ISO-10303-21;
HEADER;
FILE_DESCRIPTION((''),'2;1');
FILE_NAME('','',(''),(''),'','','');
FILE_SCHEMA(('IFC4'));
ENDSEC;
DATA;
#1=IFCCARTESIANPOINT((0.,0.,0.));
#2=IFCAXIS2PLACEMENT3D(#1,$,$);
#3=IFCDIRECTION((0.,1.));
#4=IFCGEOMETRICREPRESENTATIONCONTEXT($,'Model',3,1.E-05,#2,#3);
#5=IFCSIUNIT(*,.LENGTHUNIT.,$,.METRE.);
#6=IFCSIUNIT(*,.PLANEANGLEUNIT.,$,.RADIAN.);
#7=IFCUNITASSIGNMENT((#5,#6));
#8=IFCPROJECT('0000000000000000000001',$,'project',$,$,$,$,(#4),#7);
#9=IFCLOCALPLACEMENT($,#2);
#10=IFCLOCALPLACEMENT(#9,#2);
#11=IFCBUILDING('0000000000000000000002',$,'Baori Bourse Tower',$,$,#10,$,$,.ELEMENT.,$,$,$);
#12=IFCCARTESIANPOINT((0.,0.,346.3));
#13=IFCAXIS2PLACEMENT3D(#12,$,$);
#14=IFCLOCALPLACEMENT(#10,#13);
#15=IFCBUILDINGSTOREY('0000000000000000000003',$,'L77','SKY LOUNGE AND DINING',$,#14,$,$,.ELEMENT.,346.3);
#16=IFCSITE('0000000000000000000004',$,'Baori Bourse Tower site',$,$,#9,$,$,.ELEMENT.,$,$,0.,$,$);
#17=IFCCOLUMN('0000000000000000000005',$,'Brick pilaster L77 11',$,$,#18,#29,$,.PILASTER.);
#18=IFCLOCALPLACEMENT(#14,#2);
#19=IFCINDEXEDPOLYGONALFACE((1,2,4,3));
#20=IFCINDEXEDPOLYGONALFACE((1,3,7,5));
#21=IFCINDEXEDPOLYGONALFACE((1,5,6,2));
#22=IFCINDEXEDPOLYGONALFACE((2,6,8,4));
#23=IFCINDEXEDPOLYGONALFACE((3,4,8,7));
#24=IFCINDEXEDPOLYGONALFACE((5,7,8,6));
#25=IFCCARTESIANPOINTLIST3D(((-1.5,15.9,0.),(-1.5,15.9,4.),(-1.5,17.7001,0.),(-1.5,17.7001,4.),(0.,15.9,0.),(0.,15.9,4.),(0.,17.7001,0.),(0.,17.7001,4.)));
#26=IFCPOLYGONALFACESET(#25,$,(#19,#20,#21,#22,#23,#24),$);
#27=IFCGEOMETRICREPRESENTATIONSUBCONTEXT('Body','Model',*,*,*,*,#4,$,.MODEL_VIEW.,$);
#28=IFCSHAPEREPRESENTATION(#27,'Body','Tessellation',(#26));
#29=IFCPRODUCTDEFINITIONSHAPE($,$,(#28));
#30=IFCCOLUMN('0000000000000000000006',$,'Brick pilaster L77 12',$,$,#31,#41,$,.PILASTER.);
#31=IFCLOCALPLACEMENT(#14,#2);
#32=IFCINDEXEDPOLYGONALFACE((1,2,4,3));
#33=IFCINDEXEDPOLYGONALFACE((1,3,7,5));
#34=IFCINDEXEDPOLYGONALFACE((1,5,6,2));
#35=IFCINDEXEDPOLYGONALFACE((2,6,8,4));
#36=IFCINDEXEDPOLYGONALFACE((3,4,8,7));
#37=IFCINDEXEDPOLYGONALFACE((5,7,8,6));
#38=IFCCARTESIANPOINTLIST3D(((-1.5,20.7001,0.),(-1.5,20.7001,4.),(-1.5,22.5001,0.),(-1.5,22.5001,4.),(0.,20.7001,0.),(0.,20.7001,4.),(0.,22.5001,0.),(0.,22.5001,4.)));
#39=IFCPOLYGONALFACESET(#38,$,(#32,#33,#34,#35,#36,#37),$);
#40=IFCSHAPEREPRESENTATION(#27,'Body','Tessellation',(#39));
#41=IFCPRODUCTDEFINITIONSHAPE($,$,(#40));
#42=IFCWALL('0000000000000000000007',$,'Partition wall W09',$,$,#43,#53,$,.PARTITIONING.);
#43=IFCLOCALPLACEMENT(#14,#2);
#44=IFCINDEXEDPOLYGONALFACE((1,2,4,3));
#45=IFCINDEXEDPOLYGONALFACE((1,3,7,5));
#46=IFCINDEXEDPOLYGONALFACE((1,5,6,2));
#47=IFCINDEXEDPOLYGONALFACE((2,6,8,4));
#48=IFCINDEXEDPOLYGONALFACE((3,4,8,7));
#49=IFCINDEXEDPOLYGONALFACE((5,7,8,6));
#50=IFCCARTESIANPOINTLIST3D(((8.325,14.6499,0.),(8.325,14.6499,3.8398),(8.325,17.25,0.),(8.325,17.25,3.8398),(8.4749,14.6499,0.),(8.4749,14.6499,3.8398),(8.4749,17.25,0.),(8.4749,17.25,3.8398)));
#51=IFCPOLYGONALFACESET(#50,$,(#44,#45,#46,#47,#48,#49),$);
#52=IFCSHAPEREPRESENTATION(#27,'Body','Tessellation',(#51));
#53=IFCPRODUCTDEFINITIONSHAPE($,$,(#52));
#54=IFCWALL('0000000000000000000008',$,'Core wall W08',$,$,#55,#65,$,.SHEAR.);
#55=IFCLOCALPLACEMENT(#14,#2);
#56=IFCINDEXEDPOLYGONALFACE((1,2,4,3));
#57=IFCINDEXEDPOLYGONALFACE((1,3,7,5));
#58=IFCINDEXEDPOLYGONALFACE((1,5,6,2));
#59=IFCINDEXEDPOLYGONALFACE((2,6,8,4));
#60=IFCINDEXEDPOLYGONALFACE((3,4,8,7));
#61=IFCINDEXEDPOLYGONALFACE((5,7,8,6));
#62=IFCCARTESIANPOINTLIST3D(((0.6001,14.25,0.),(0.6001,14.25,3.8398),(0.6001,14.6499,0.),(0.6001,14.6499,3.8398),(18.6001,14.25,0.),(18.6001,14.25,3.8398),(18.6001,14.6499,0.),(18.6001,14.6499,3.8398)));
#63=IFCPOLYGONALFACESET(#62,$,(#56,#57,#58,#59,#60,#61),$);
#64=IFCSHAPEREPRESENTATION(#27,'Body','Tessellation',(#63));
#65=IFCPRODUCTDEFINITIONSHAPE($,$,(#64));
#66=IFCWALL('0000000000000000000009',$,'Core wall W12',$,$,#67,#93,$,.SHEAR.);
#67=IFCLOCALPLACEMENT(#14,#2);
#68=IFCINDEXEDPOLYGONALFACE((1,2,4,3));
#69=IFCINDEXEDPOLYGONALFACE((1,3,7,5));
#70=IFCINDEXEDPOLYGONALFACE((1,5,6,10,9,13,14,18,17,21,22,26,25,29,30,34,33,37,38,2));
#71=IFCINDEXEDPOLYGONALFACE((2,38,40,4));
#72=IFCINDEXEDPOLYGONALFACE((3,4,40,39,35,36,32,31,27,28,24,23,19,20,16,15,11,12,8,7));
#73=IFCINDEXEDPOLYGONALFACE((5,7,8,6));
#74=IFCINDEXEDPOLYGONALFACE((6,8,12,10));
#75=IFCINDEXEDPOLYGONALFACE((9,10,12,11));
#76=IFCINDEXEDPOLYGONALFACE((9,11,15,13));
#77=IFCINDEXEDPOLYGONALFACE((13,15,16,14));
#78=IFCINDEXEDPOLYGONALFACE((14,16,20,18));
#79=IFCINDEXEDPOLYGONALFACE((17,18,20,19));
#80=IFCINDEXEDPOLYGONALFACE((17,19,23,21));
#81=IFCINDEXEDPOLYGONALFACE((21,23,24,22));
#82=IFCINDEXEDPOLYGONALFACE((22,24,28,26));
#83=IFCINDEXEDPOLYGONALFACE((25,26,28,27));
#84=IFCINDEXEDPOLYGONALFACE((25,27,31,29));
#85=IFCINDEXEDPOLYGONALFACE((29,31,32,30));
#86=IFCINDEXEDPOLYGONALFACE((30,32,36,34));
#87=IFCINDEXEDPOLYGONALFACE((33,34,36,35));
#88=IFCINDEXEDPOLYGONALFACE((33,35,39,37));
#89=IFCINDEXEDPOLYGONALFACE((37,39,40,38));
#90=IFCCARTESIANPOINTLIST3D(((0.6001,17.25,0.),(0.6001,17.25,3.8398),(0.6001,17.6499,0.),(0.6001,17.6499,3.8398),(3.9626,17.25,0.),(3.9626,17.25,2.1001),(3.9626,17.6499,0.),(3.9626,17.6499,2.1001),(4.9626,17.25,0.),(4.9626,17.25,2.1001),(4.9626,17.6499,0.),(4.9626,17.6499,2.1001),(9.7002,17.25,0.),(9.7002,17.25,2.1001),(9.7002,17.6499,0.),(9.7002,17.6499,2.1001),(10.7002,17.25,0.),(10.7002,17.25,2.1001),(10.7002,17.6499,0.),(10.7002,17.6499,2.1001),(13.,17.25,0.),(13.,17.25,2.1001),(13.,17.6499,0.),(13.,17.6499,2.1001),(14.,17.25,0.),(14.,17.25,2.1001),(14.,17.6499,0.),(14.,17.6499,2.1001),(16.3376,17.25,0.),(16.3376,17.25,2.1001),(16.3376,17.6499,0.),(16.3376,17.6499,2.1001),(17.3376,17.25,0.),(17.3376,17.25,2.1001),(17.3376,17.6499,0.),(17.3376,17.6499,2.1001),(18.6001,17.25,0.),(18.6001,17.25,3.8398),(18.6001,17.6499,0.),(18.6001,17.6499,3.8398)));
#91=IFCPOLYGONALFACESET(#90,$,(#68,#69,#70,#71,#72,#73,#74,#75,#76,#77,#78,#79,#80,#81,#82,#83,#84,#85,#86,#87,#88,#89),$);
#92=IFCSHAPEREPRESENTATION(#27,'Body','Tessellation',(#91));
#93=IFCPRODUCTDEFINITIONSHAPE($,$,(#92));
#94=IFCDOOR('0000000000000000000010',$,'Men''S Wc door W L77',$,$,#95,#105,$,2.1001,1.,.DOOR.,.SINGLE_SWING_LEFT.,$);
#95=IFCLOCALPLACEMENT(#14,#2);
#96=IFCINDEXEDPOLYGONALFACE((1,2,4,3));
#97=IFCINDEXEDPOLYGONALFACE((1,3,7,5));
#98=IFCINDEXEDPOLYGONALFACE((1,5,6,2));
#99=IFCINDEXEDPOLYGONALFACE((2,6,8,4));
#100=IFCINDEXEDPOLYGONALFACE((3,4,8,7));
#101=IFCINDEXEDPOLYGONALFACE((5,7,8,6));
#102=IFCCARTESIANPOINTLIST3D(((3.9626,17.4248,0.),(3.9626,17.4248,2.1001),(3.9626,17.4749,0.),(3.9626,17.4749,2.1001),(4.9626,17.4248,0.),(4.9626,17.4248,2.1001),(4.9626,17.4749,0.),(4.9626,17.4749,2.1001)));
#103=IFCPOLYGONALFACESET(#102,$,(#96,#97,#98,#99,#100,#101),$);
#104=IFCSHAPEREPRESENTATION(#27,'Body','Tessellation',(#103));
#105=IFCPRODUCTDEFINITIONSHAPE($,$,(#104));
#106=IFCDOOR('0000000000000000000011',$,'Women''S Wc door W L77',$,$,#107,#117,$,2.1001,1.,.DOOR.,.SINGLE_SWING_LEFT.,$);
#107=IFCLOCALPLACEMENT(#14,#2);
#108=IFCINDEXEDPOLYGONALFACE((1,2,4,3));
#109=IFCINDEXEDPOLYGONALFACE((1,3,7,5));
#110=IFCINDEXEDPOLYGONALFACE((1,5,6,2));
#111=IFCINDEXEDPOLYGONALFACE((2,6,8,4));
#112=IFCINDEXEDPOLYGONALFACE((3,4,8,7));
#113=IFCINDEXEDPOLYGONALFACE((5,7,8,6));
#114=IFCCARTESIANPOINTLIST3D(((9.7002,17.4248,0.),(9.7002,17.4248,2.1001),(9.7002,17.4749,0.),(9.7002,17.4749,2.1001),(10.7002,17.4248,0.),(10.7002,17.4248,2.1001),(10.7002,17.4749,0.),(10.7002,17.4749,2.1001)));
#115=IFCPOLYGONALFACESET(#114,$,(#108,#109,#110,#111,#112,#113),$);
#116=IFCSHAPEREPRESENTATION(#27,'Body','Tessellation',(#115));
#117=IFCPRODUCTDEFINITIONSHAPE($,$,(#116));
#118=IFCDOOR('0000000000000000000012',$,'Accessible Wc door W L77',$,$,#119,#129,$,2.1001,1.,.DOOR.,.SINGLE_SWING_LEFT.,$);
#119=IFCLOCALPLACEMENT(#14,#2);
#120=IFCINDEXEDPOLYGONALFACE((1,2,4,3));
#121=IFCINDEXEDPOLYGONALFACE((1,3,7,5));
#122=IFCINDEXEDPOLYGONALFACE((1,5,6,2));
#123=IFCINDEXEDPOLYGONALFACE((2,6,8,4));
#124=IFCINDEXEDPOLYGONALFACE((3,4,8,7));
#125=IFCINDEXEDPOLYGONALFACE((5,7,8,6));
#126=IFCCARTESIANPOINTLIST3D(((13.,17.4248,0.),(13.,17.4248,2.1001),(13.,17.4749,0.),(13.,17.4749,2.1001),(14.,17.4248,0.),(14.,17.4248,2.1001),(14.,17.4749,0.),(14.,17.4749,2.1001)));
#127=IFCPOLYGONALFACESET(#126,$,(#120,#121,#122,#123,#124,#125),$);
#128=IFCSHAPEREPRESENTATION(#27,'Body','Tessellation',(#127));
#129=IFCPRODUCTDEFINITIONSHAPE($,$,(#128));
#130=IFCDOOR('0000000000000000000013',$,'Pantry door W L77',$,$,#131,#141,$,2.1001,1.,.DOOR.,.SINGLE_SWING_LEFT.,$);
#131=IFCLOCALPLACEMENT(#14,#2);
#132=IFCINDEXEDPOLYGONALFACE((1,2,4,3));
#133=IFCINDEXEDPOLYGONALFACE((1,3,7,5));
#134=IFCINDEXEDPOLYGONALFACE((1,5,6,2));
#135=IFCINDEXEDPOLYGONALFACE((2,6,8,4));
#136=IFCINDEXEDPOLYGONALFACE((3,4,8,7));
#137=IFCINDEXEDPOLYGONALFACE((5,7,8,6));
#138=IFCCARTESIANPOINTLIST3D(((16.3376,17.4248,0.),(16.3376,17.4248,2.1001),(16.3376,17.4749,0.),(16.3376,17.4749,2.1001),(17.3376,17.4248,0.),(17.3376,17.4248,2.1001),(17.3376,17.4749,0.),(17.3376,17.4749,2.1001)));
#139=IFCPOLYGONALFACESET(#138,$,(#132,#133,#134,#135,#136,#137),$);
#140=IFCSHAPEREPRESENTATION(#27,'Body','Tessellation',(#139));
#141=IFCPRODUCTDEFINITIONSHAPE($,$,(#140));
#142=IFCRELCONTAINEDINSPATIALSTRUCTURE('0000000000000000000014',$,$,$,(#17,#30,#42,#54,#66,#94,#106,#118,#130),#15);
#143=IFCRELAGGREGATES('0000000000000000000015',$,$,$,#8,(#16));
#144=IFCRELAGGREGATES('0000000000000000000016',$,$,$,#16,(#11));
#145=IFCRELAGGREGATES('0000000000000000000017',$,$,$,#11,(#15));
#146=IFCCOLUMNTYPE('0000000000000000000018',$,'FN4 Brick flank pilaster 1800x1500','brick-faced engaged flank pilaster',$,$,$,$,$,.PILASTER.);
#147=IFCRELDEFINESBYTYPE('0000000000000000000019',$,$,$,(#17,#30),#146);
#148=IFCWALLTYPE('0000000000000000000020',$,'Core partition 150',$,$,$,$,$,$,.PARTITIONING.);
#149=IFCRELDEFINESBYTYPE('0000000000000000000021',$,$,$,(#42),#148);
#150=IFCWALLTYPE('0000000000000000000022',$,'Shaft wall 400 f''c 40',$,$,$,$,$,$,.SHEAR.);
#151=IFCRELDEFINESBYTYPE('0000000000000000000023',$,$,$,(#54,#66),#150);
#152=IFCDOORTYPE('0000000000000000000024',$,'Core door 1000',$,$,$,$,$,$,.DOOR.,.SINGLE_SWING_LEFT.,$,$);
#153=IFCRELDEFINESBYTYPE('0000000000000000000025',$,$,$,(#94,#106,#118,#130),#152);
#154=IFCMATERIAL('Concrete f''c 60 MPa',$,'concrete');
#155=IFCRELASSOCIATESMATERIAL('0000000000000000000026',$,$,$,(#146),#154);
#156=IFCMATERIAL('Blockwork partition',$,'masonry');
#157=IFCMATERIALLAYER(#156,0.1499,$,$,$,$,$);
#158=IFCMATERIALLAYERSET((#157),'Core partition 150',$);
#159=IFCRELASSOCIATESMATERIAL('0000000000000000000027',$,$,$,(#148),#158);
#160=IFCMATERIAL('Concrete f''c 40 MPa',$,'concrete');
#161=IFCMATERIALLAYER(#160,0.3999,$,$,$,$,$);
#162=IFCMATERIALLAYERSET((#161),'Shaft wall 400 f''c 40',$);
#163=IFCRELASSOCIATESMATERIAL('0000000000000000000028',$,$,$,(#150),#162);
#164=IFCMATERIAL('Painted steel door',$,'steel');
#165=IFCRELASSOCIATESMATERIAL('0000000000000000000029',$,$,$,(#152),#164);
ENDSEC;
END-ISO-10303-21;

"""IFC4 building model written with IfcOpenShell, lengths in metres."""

from ifc_helpers import new_model, si_unit, direction, frame, frame_2d, origin, origin_2d, place, context, subcontext, project, spatial, rectangle, extrude, material, layer, layer_set, material_profile, profile_set, type_object, element, fill, save


model = new_model("IFC4")

# Units and contexts
model_context = context("Model", 3, precision=1e-05, world=origin(), true_north=direction((0.0, 1.0)))
body_context = subcontext(model_context, "Body", "Model", "MODEL_VIEW")
ifc_project = project(units=[si_unit("LENGTHUNIT", "METRE"), si_unit("PLANEANGLEUNIT", "RADIAN")], contexts=[model_context])

# Site, building, storey
site_placement = place(None, origin())
site = spatial("IfcSite", under=ifc_project, at=site_placement, Name="Baori Bourse Tower site", CompositionType="ELEMENT", RefElevation=0.0)
building_placement = place(site_placement, origin())
building = spatial("IfcBuilding", under=site, at=building_placement, Name="Baori Bourse Tower", CompositionType="ELEMENT")
storey_placement = place(building_placement, frame((0.0, 0.0, 346.3)))
storey = spatial("IfcBuildingStorey", under=building, at=storey_placement, Name="L77", Description="SKY LOUNGE AND DINING", CompositionType="ELEMENT", Elevation=346.3)

# Columns
ifc_material_1 = material(Name="Concrete f'c 60 MPa", Category="concrete")
ifc_material_profile = material_profile(ifc_material_1, rectangle(XDim=1.8, YDim=1.5, at=origin_2d()), Name="RC 1800x1500")
ifc_profile_set = profile_set([ifc_material_profile], Name="Concrete f'c 60 MPa")
column_type = type_object("IfcColumnType", Name="FN4 Brick flank pilaster 1800x1500", Description="brick-faced engaged flank pilaster", PredefinedType="PILASTER", material=ifc_profile_set)
for number, where, z_axis, x_axis, name in (
    (1, (-0.75, 16.8, 0.0), (0.0, 0.0, 1.0), (0.0, 1.0, 0.0), "Brick pilaster L77 11"),
    (2, (-0.75, 21.6001, 0.0), (0.0, 0.0, 1.0), (0.0, 1.0, 0.0), "Brick pilaster L77 12"),
):
    element("IfcColumn", number, at=place(storey_placement, frame(where, z_axis=z_axis, x_axis=x_axis)), inside=storey, type_object=column_type, Name=name, PredefinedType="PILASTER", context=body_context, shape_type="SweptSolid", body=[
        extrude(rectangle(XDim=1.8, YDim=1.5, at=origin_2d()), origin(), (0.0, 0.0, 1.0), 4.0),
    ])

# Walls
ifc_material_2 = material(Name="Blockwork partition", Category="masonry")
ifc_layer_1 = layer(ifc_material_2, 0.1499)
ifc_layer_set_1 = layer_set([ifc_layer_1], Name="Core partition 150")
wall_type_1 = type_object("IfcWallType", Name="Core partition 150", PredefinedType="PARTITIONING", material=ifc_layer_set_1)
wall_1_placement = place(storey_placement, frame((8.3999, 14.6499, 0.0), z_axis=(0.0, 0.0, 1.0), x_axis=(0.0, 1.0, 0.0)))
element("IfcWall", 3, at=wall_1_placement, inside=storey, type_object=wall_type_1, Name="Partition wall W09", PredefinedType="PARTITIONING", context=body_context, shape_type="SweptSolid", body=[
    extrude(rectangle(XDim=2.6001, YDim=0.1499, at=frame_2d((1.3, 0.0))), origin(), (0.0, 0.0, 1.0), 3.8398),
])
ifc_material_3 = material(Name="Concrete f'c 40 MPa", Category="concrete")
ifc_layer_2 = layer(ifc_material_3, 0.3999)
ifc_layer_set_2 = layer_set([ifc_layer_2], Name="Shaft wall 400 f'c 40")
wall_type_2 = type_object("IfcWallType", Name="Shaft wall 400 f'c 40", PredefinedType="SHEAR", material=ifc_layer_set_2)
wall_2_placement = place(storey_placement, frame((0.6001, 14.45, 0.0), z_axis=(0.0, 0.0, 1.0), x_axis=(1.0, 0.0, 0.0)))
element("IfcWall", 4, at=wall_2_placement, inside=storey, type_object=wall_type_2, Name="Core wall W08", PredefinedType="SHEAR", context=body_context, shape_type="SweptSolid", body=[
    extrude(rectangle(XDim=18.0, YDim=0.3999, at=frame_2d((9.0, 0.0))), origin(), (0.0, 0.0, 1.0), 3.8398),
])

# Wall, openings, doors
wall_3_placement = place(storey_placement, frame((0.6001, 17.45, 0.0), z_axis=(0.0, 0.0, 1.0), x_axis=(1.0, 0.0, 0.0)))
wall_3 = element("IfcWall", 5, at=wall_3_placement, inside=storey, type_object=wall_type_2, Name="Core wall W12", PredefinedType="SHEAR", context=body_context, shape_type="SweptSolid", body=[
    extrude(rectangle(XDim=18.0, YDim=0.3999, at=frame_2d((9.0, 0.0))), origin(), (0.0, 0.0, 1.0), 3.8398),
])
opening_1_placement = place(wall_3_placement, frame((3.3625, 0.0, 0.0)))
opening_1 = element("IfcOpeningElement", 6, at=opening_1_placement, cuts=wall_3, PredefinedType="OPENING", context=body_context, shape_type="SweptSolid", body=[
    extrude(rectangle(XDim=1.0, YDim=2.1001, at=frame_2d((0.5, 1.05))), frame((0.0, 0.21, 0.0), z_axis=(0.0, -1.0, 0.0), x_axis=(1.0, 0.0, 0.0)), (0.0, 0.0, 1.0), 0.4199),
])
opening_2_placement = place(wall_3_placement, frame((9.1001, 0.0, 0.0)))
opening_2 = element("IfcOpeningElement", 7, at=opening_2_placement, cuts=wall_3, PredefinedType="OPENING", context=body_context, shape_type="SweptSolid", body=[
    extrude(rectangle(XDim=1.0, YDim=2.1001, at=frame_2d((0.5, 1.05))), frame((0.0, 0.21, 0.0), z_axis=(0.0, -1.0, 0.0), x_axis=(1.0, 0.0, 0.0)), (0.0, 0.0, 1.0), 0.4199),
])
opening_3_placement = place(wall_3_placement, frame((12.3999, 0.0, 0.0)))
opening_3 = element("IfcOpeningElement", 8, at=opening_3_placement, cuts=wall_3, PredefinedType="OPENING", context=body_context, shape_type="SweptSolid", body=[
    extrude(rectangle(XDim=1.0, YDim=2.1001, at=frame_2d((0.5, 1.05))), frame((0.0, 0.21, 0.0), z_axis=(0.0, -1.0, 0.0), x_axis=(1.0, 0.0, 0.0)), (0.0, 0.0, 1.0), 0.4199),
])
opening_4_placement = place(wall_3_placement, frame((15.7375, 0.0, 0.0)))
opening_4 = element("IfcOpeningElement", 9, at=opening_4_placement, cuts=wall_3, PredefinedType="OPENING", context=body_context, shape_type="SweptSolid", body=[
    extrude(rectangle(XDim=1.0, YDim=2.1001, at=frame_2d((0.5, 1.05))), frame((0.0, 0.21, 0.0), z_axis=(0.0, -1.0, 0.0), x_axis=(1.0, 0.0, 0.0)), (0.0, 0.0, 1.0), 0.4199),
])
ifc_material_4 = material(Name="Painted steel door", Category="steel")
door_type_1 = type_object("IfcDoorType", Name="Core door 1000", OperationType="SINGLE_SWING_LEFT", PredefinedType="DOOR", material=ifc_material_4)
door_1_placement = place(opening_1_placement, origin())
door_1 = element("IfcDoor", 10, at=door_1_placement, inside=storey, type_object=door_type_1, Name="Men'S Wc door W L77", OperationType="SINGLE_SWING_LEFT", OverallHeight=2.1001, OverallWidth=1.0, PredefinedType="DOOR", context=body_context, shape_type="SweptSolid", body=[
    extrude(rectangle(XDim=1.0, YDim=2.1001, at=frame_2d((0.5, 1.05))), frame((0.0, 0.0249, 0.0), z_axis=(0.0, -1.0, 0.0), x_axis=(1.0, 0.0, 0.0)), (0.0, 0.0, 1.0), 0.05),
])
fill(opening_1, door_1)
door_2_placement = place(opening_2_placement, origin())
door_2 = element("IfcDoor", 11, at=door_2_placement, inside=storey, type_object=door_type_1, Name="Women'S Wc door W L77", OperationType="SINGLE_SWING_LEFT", OverallHeight=2.1001, OverallWidth=1.0, PredefinedType="DOOR", context=body_context, shape_type="SweptSolid", body=[
    extrude(rectangle(XDim=1.0, YDim=2.1001, at=frame_2d((0.5, 1.05))), frame((0.0, 0.0249, 0.0), z_axis=(0.0, -1.0, 0.0), x_axis=(1.0, 0.0, 0.0)), (0.0, 0.0, 1.0), 0.05),
])
fill(opening_2, door_2)
door_3_placement = place(opening_3_placement, origin())
door_3 = element("IfcDoor", 12, at=door_3_placement, inside=storey, type_object=door_type_1, Name="Accessible Wc door W L77", OperationType="SINGLE_SWING_LEFT", OverallHeight=2.1001, OverallWidth=1.0, PredefinedType="DOOR", context=body_context, shape_type="SweptSolid", body=[
    extrude(rectangle(XDim=1.0, YDim=2.1001, at=frame_2d((0.5, 1.05))), frame((0.0, 0.0249, 0.0), z_axis=(0.0, -1.0, 0.0), x_axis=(1.0, 0.0, 0.0)), (0.0, 0.0, 1.0), 0.05),
])
fill(opening_3, door_3)
door_4_placement = place(opening_4_placement, origin())
door_4 = element("IfcDoor", 13, at=door_4_placement, inside=storey, type_object=door_type_1, Name="Pantry door W L77", OperationType="SINGLE_SWING_LEFT", OverallHeight=2.1001, OverallWidth=1.0, PredefinedType="DOOR", context=body_context, shape_type="SweptSolid", body=[
    extrude(rectangle(XDim=1.0, YDim=2.1001, at=frame_2d((0.5, 1.05))), frame((0.0, 0.0249, 0.0), z_axis=(0.0, -1.0, 0.0), x_axis=(1.0, 0.0, 0.0)), (0.0, 0.0, 1.0), 0.05),
])
fill(opening_4, door_4)

save(model, "model.ifc")
